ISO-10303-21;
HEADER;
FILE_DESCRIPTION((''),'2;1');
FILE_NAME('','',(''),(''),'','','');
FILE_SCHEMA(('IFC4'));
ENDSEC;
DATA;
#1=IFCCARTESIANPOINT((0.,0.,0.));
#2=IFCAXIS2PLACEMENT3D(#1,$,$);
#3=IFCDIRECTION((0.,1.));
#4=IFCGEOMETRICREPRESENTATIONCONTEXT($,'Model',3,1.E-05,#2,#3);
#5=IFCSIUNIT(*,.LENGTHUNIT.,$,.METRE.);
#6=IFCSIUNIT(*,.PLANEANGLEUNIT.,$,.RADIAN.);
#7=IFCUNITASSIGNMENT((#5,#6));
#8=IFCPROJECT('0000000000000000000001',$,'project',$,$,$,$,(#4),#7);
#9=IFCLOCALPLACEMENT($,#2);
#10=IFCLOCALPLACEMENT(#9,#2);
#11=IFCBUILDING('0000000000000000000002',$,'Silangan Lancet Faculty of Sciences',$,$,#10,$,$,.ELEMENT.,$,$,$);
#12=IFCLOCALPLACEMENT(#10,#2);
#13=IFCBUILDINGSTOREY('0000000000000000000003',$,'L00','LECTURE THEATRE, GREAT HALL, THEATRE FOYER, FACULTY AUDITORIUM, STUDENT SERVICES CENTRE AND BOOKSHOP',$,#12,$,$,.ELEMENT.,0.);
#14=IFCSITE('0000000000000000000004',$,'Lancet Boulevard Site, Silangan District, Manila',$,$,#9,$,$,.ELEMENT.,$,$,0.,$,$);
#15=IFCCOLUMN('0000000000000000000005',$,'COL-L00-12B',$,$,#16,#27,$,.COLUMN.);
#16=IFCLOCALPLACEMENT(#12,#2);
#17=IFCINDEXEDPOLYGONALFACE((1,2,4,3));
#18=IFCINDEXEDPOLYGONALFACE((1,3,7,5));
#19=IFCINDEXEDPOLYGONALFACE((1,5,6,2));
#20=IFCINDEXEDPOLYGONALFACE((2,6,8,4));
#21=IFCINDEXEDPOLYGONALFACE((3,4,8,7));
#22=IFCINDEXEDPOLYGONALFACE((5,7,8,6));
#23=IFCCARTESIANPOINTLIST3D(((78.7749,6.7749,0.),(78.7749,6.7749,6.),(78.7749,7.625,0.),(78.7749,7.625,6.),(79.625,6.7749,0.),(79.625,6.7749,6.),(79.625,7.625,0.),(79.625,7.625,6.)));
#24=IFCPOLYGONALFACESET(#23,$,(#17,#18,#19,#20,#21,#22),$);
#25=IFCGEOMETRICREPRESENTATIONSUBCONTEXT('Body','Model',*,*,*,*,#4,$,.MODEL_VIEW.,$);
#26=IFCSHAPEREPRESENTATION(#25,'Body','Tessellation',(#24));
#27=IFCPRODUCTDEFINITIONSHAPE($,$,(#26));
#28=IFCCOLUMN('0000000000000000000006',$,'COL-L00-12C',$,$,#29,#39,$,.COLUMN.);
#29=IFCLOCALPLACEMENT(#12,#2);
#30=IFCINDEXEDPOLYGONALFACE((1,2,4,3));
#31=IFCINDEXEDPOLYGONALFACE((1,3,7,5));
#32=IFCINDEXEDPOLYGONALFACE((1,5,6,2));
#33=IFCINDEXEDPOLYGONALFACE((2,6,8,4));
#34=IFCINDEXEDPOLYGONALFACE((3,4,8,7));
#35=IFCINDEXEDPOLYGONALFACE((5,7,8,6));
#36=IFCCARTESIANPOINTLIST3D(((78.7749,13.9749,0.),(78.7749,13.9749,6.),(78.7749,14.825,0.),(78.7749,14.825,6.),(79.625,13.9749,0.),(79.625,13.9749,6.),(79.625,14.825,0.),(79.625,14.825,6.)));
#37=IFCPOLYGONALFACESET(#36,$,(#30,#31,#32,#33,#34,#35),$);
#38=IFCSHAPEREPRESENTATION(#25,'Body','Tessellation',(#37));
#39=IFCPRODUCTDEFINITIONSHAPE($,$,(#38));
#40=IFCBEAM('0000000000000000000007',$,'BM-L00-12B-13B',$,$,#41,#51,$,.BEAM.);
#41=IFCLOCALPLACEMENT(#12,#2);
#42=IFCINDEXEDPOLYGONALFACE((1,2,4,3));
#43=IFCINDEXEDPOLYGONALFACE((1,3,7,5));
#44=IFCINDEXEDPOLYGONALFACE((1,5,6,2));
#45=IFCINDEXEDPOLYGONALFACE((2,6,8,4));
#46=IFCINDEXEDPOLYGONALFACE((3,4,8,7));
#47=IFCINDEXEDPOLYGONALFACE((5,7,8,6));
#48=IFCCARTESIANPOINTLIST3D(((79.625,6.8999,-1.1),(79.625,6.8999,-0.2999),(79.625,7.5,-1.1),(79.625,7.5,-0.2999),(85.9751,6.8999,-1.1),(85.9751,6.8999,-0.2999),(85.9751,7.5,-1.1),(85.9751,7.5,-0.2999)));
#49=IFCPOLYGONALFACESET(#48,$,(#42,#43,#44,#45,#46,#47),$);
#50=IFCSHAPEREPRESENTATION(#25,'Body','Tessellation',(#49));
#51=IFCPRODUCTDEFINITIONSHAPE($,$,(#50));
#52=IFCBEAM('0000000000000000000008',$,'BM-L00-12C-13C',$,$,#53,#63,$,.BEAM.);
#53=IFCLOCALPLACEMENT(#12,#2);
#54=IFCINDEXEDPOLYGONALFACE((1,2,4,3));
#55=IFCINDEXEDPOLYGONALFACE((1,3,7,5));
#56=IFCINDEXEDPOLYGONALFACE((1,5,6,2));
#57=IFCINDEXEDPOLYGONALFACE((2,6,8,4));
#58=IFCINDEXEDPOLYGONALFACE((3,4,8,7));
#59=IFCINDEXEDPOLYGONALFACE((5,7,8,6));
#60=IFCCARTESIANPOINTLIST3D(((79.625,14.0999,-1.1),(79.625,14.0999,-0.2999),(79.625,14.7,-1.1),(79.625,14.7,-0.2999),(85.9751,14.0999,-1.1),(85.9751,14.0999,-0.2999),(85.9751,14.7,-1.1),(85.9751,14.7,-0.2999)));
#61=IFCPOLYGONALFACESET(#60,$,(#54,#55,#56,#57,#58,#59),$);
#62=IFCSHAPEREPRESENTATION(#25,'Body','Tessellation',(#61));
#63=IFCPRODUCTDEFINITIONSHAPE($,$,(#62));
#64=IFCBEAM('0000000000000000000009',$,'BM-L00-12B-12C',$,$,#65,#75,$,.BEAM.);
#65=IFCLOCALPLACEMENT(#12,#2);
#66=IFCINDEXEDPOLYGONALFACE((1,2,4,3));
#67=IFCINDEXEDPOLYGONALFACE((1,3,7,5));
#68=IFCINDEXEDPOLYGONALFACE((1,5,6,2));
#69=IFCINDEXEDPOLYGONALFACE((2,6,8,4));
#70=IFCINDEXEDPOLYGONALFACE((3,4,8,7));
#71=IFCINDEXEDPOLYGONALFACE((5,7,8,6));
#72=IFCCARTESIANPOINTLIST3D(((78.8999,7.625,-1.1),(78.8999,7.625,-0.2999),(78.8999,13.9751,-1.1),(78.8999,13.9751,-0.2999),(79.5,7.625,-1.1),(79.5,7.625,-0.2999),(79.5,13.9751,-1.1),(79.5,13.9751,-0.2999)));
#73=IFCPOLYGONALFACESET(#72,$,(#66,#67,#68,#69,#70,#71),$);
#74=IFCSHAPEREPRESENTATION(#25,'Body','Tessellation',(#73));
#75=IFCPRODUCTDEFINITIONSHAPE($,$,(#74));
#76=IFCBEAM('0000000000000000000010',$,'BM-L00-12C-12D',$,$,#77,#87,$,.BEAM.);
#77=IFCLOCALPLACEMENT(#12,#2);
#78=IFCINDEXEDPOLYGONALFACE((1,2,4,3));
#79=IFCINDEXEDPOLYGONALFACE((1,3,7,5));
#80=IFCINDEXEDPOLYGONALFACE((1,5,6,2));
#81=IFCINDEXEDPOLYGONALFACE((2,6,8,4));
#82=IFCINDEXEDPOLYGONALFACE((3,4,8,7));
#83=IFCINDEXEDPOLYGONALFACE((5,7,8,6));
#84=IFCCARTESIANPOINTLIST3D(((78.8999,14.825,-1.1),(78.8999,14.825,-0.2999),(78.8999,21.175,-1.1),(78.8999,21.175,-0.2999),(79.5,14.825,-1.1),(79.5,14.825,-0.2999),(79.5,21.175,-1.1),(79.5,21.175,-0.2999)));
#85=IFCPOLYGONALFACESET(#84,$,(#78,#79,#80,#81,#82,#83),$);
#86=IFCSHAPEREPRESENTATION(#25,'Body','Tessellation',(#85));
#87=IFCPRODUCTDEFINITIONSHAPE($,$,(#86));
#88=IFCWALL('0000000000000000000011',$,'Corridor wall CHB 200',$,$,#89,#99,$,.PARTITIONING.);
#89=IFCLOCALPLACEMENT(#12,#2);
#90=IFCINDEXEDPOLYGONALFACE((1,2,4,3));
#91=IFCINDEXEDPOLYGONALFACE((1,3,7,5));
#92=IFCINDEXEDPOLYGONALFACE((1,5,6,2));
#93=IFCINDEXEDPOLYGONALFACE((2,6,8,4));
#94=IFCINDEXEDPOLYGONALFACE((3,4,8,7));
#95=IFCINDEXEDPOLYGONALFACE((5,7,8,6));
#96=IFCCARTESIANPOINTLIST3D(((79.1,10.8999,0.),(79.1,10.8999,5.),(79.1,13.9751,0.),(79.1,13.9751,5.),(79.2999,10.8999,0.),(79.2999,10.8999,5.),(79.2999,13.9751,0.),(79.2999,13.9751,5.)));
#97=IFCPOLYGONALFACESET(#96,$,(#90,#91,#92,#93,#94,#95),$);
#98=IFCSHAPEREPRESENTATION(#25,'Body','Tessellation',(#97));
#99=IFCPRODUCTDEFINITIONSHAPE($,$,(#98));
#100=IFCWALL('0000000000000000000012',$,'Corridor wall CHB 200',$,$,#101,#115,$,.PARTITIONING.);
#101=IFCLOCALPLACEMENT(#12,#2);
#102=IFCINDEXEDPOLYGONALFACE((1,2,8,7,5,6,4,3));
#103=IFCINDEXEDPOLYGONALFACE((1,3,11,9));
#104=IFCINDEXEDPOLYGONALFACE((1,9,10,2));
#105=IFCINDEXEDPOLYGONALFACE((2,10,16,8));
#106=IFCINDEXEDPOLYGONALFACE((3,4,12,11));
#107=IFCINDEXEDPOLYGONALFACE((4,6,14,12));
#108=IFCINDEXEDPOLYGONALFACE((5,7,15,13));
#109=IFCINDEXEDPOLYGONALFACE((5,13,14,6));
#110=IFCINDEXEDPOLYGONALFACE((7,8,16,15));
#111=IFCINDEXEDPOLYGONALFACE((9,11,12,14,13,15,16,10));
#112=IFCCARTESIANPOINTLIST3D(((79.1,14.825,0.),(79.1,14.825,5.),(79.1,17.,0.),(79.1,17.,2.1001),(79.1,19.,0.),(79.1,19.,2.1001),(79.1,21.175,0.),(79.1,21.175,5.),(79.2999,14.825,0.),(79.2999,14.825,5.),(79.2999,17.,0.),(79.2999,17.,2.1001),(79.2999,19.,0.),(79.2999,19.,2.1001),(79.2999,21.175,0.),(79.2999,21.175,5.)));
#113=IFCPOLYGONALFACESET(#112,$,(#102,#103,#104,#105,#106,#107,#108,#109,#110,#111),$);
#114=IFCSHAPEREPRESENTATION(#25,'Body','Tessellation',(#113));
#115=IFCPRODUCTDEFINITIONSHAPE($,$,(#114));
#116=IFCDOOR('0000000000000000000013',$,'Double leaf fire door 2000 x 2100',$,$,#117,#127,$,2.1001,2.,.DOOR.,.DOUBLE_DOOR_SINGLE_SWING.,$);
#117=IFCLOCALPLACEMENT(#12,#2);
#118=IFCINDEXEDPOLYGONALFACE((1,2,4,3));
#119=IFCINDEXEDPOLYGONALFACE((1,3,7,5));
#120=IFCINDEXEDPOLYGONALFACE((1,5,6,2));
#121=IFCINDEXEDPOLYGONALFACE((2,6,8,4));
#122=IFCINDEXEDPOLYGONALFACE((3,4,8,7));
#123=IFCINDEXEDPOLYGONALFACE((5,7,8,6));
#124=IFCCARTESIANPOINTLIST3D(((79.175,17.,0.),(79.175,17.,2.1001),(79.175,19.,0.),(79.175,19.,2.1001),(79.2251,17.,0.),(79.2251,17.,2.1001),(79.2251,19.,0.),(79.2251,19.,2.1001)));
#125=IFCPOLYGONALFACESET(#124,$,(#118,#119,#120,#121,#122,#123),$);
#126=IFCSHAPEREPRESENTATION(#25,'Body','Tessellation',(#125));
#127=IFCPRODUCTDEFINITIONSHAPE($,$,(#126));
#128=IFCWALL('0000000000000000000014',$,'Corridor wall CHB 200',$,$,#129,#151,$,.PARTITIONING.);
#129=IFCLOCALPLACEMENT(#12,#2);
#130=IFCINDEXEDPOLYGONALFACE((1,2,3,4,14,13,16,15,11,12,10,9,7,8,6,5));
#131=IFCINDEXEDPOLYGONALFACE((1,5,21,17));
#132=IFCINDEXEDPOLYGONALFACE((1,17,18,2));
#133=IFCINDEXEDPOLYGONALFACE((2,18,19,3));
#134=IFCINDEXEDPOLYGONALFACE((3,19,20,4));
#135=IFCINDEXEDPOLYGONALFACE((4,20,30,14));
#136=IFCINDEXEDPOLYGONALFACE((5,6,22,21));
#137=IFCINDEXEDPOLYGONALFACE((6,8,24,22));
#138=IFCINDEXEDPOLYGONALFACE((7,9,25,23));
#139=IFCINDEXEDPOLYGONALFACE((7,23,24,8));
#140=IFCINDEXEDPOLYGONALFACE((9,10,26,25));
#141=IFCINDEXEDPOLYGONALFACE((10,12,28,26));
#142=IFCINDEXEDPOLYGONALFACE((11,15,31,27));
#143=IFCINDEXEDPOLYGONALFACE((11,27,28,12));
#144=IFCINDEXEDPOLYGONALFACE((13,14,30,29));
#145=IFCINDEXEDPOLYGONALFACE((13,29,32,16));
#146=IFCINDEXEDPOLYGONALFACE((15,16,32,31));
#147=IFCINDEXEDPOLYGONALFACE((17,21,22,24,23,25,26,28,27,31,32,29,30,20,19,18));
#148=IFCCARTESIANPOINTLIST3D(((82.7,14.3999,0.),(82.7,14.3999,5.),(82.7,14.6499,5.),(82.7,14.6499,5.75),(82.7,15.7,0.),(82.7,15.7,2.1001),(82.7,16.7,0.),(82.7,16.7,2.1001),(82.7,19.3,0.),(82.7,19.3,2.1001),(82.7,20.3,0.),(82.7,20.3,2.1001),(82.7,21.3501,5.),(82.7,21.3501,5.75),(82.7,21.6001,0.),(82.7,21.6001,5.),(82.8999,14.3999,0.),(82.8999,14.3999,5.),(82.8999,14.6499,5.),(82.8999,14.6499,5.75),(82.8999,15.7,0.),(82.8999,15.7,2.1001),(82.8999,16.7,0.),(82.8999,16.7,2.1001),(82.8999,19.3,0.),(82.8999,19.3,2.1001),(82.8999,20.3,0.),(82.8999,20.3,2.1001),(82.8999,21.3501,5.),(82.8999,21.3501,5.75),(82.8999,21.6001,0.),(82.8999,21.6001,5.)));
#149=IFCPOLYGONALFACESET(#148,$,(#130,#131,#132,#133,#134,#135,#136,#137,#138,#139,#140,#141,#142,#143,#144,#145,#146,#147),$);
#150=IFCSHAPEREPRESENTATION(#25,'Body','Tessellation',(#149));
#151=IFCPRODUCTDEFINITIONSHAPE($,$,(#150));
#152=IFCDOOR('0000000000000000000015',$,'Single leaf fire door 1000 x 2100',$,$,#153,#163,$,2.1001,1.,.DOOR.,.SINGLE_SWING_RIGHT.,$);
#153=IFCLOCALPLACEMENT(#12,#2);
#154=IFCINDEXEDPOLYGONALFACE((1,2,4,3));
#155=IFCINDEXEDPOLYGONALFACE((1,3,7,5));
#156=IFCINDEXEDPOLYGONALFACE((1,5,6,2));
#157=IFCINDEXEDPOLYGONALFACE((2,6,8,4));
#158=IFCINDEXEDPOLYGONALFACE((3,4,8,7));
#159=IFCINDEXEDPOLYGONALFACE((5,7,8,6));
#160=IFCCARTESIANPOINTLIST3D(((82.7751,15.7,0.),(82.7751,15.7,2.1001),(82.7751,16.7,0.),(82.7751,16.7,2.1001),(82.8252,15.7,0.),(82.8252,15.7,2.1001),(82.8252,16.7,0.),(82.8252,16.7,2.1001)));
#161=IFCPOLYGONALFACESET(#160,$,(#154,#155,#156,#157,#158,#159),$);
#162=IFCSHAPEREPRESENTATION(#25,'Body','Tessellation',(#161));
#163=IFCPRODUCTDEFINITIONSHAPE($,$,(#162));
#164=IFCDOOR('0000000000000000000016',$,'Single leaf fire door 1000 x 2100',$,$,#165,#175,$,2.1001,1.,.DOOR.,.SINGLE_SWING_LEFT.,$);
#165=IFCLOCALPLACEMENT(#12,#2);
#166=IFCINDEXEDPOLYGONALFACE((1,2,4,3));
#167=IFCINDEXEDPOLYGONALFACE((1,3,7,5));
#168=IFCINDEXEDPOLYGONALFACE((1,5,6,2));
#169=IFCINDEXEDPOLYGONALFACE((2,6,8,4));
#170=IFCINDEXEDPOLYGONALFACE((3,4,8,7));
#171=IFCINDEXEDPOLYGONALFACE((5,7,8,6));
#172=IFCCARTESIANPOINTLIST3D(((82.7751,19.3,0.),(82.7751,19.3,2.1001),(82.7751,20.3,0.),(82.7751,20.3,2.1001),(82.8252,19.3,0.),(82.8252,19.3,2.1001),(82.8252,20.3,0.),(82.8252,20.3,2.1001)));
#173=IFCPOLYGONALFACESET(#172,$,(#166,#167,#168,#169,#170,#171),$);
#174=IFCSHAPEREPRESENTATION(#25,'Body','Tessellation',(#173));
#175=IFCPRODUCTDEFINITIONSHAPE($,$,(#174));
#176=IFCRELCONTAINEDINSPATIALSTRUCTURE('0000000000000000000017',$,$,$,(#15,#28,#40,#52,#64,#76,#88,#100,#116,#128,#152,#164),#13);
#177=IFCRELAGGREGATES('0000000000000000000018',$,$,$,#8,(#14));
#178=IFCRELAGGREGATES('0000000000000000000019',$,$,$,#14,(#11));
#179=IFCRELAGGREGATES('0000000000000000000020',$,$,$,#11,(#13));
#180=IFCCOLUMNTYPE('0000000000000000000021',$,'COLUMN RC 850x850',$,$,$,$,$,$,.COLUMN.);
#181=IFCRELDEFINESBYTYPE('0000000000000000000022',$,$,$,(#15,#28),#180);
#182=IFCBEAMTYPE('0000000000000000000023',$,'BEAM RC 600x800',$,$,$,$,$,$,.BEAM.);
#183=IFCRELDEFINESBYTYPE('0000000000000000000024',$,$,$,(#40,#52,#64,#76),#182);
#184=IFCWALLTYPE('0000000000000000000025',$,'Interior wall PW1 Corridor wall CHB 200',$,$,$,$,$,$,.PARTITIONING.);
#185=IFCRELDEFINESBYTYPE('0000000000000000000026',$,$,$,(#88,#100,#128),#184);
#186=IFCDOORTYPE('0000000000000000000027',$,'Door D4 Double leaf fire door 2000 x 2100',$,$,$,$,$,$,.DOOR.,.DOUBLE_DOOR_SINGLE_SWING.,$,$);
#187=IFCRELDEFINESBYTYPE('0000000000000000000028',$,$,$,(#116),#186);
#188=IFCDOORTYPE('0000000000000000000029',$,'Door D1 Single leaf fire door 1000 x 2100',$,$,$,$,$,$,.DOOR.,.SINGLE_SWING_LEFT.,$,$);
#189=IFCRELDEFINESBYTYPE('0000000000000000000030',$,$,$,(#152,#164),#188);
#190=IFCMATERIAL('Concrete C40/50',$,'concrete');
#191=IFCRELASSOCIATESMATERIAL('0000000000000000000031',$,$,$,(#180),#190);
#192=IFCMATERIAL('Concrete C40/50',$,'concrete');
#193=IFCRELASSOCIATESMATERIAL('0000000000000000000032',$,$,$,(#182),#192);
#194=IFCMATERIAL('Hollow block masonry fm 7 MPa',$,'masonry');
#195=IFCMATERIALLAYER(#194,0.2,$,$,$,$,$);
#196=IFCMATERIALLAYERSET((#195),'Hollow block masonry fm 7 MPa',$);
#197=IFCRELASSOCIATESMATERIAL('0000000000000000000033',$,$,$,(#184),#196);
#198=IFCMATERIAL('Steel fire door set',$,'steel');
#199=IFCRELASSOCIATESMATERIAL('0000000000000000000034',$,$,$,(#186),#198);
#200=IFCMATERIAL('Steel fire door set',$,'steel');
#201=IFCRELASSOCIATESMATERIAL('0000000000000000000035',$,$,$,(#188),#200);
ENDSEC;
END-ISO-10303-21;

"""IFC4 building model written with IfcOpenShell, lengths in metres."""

from ifc_helpers import new_model, si_unit, direction, frame, frame_2d, origin, origin_2d, place, context, subcontext, project, spatial, polyline, rectangle, outline, extrude, material, layer, layer_set, material_profile, profile_set, type_object, element, fill, save


model = new_model("IFC4")

# Units and contexts
model_context = context("Model", 3, precision=1e-05, world=origin(), true_north=direction((0.0, 1.0)))
body_context = subcontext(model_context, "Body", "Model", "MODEL_VIEW")
ifc_project = project(units=[si_unit("LENGTHUNIT", "METRE"), si_unit("PLANEANGLEUNIT", "RADIAN")], contexts=[model_context])

# Site, building, storey
site_placement = place(None, origin())
site = spatial("IfcSite", under=ifc_project, at=site_placement, Name="Lancet Boulevard Site, Silangan District, Manila", CompositionType="ELEMENT", RefElevation=0.0)
building_placement = place(site_placement, origin())
building = spatial("IfcBuilding", under=site, at=building_placement, Name="Silangan Lancet Faculty of Sciences", CompositionType="ELEMENT")
storey_placement = place(building_placement, origin())
storey = spatial("IfcBuildingStorey", under=building, at=storey_placement, Name="L00", Description="LECTURE THEATRE, GREAT HALL, THEATRE FOYER, FACULTY AUDITORIUM, STUDENT SERVICES CENTRE AND BOOKSHOP", CompositionType="ELEMENT", Elevation=0.0)

# Columns
ifc_material_1 = material(Name="Concrete C40/50", Category="concrete")
ifc_material_profile_1 = material_profile(ifc_material_1, rectangle(XDim=0.8501, YDim=0.8501, at=origin_2d()), Name="RC 850x850")
ifc_profile_set_1 = profile_set([ifc_material_profile_1], Name="Concrete C40/50")
column_type = type_object("IfcColumnType", Name="COLUMN RC 850x850", PredefinedType="COLUMN", material=ifc_profile_set_1)
for number, where, z_axis, x_axis, name in (
    (1, (79.2, 7.2, 0.0), (0.0, 0.0, 1.0), (1.0, 0.0, 0.0), "COL-L00-12B"),
    (2, (79.2, 14.3999, 0.0), (0.0, 0.0, 1.0), (1.0, 0.0, 0.0), "COL-L00-12C"),
):
    element("IfcColumn", number, at=place(storey_placement, frame(where, z_axis=z_axis, x_axis=x_axis)), inside=storey, type_object=column_type, Name=name, PredefinedType="COLUMN", context=body_context, shape_type="SweptSolid", body=[
        extrude(rectangle(XDim=0.8501, YDim=0.8501, at=origin_2d()), origin(), (0.0, 0.0, 1.0), 6.0),
    ])

# Beams
ifc_material_2 = material(Name="Concrete C40/50", Category="concrete")
ifc_material_profile_2 = material_profile(ifc_material_2, rectangle(XDim=0.6001, YDim=0.8, at=origin_2d()), Name="RC 600x800")
ifc_profile_set_2 = profile_set([ifc_material_profile_2], Name="Concrete C40/50")
beam_type = type_object("IfcBeamType", Name="BEAM RC 600x800", PredefinedType="BEAM", material=ifc_profile_set_2)
for number, where, z_axis, x_axis, name in (
    (3, (79.625, 7.2, -0.7), (1.0, 0.0, 0.0), (0.0, 1.0, 0.0), "BM-L00-12B-13B"),
    (4, (79.625, 14.3999, -0.7), (1.0, 0.0, 0.0), (0.0, 1.0, 0.0), "BM-L00-12C-13C"),
    (5, (79.2, 7.625, -0.7), (0.0, 1.0, 0.0), (-1.0, 0.0, 0.0), "BM-L00-12B-12C"),
    (6, (79.2, 14.825, -0.7), (0.0, 1.0, 0.0), (-1.0, 0.0, 0.0), "BM-L00-12C-12D"),
):
    element("IfcBeam", number, at=place(storey_placement, frame(where, z_axis=z_axis, x_axis=x_axis)), inside=storey, type_object=beam_type, Name=name, PredefinedType="BEAM", context=body_context, shape_type="SweptSolid", body=[
        extrude(rectangle(XDim=0.6001, YDim=0.8, at=origin_2d()), origin(), (0.0, 0.0, 1.0), 6.3501),
    ])

# Wall
ifc_material_3 = material(Name="Hollow block masonry fm 7 MPa", Category="masonry")
ifc_layer_1 = layer(ifc_material_3, 0.2)
ifc_layer_set_1 = layer_set([ifc_layer_1], Name="Hollow block masonry fm 7 MPa")
wall_type_1 = type_object("IfcWallType", Name="Interior wall PW1 Corridor wall CHB 200", PredefinedType="PARTITIONING", material=ifc_layer_set_1)
wall_1_placement = place(storey_placement, frame((79.2, 10.8999, 0.0), z_axis=(0.0, 0.0, 1.0), x_axis=(0.0, 1.0, 0.0)))
element("IfcWall", 7, at=wall_1_placement, inside=storey, type_object=wall_type_1, Name="Corridor wall CHB 200", PredefinedType="PARTITIONING", context=body_context, shape_type="SweptSolid", body=[
    extrude(rectangle(XDim=3.0752, YDim=0.2, at=frame_2d((1.5376, 0.0))), origin(), (0.0, 0.0, 1.0), 5.0),
])

# Wall, opening, door
wall_2_placement = place(storey_placement, frame((79.2, 14.825, 0.0), z_axis=(0.0, 0.0, 1.0), x_axis=(0.0, 1.0, 0.0)))
wall_2 = element("IfcWall", 8, at=wall_2_placement, inside=storey, type_object=wall_type_1, Name="Corridor wall CHB 200", PredefinedType="PARTITIONING", context=body_context, shape_type="SweptSolid", body=[
    extrude(rectangle(XDim=6.3501, YDim=0.2, at=frame_2d((3.175, 0.0))), origin(), (0.0, 0.0, 1.0), 5.0),
])
opening_1_placement = place(wall_2_placement, frame((2.175, 0.0, 0.0)))
opening_1 = element("IfcOpeningElement", 9, at=opening_1_placement, cuts=wall_2, PredefinedType="OPENING", context=body_context, shape_type="SweptSolid", body=[
    extrude(rectangle(XDim=2.0, YDim=2.1001, at=frame_2d((1.0, 1.05))), frame((0.0, 0.1099, 0.0), z_axis=(0.0, -1.0, 0.0), x_axis=(1.0, 0.0, 0.0)), (0.0, 0.0, 1.0), 0.22),
])
ifc_material_4 = material(Name="Steel fire door set", Category="steel")
door_type_1 = type_object("IfcDoorType", Name="Door D4 Double leaf fire door 2000 x 2100", OperationType="DOUBLE_DOOR_SINGLE_SWING", PredefinedType="DOOR", material=ifc_material_4)
door_1_placement = place(opening_1_placement, origin())
door_1 = element("IfcDoor", 10, at=door_1_placement, inside=storey, type_object=door_type_1, Name="Double leaf fire door 2000 x 2100", OperationType="DOUBLE_DOOR_SINGLE_SWING", OverallHeight=2.1001, OverallWidth=2.0, PredefinedType="DOOR", context=body_context, shape_type="SweptSolid", body=[
    extrude(rectangle(XDim=2.0, YDim=2.1001, at=frame_2d((1.0, 1.05))), frame((0.0, 0.0249, 0.0), z_axis=(0.0, -1.0, 0.0), x_axis=(1.0, 0.0, 0.0)), (0.0, 0.0, 1.0), 0.05),
])
fill(opening_1, door_1)

# Wall, openings, doors
wall_3_placement = place(storey_placement, frame((82.8, 14.3999, 0.0), z_axis=(0.0, 0.0, 1.0), x_axis=(0.0, 1.0, 0.0)))
wall_3 = element("IfcWall", 11, at=wall_3_placement, inside=storey, type_object=wall_type_1, Name="Corridor wall CHB 200", PredefinedType="PARTITIONING", context=body_context, shape_type="SweptSolid", body=[
    extrude(outline(polyline([(0.0, 0.0), (7.2002, 0.0), (7.2002, 5.0), (6.9502, 5.0), (6.9502, 5.75), (0.25, 5.75), (0.25, 5.0), (0.0, 5.0), (0.0, 0.0)])), frame((0.0, 0.1001, 0.0), z_axis=(0.0, -1.0, 0.0), x_axis=(1.0, 0.0, 0.0)), (0.0, 0.0, 1.0), 0.2),
])
opening_2_placement = place(wall_3_placement, frame((1.3, 0.0, 0.0)))
opening_2 = element("IfcOpeningElement", 12, at=opening_2_placement, cuts=wall_3, PredefinedType="OPENING", context=body_context, shape_type="SweptSolid", body=[
    extrude(rectangle(XDim=1.0, YDim=2.1001, at=frame_2d((0.5, 1.05))), frame((0.0, 0.1099, 0.0), z_axis=(0.0, -1.0, 0.0), x_axis=(1.0, 0.0, 0.0)), (0.0, 0.0, 1.0), 0.22),
])
opening_3_placement = place(wall_3_placement, frame((4.9001, 0.0, 0.0)))
opening_3 = element("IfcOpeningElement", 13, at=opening_3_placement, cuts=wall_3, PredefinedType="OPENING", context=body_context, shape_type="SweptSolid", body=[
    extrude(rectangle(XDim=1.0, YDim=2.1001, at=frame_2d((0.5, 1.05))), frame((0.0, 0.1099, 0.0), z_axis=(0.0, -1.0, 0.0), x_axis=(1.0, 0.0, 0.0)), (0.0, 0.0, 1.0), 0.22),
])
ifc_material_5 = material(Name="Steel fire door set", Category="steel")
door_type_2 = type_object("IfcDoorType", Name="Door D1 Single leaf fire door 1000 x 2100", OperationType="SINGLE_SWING_LEFT", PredefinedType="DOOR", material=ifc_material_5)
door_2_placement = place(opening_2_placement, frame((1.0, 0.0, 0.0), z_axis=(0.0, 0.0, 1.0), x_axis=(-1.0, 0.0, 0.0)))
door_2 = element("IfcDoor", 14, at=door_2_placement, inside=storey, type_object=door_type_2, Name="Single leaf fire door 1000 x 2100", OperationType="SINGLE_SWING_RIGHT", OverallHeight=2.1001, OverallWidth=1.0, PredefinedType="DOOR", context=body_context, shape_type="SweptSolid", body=[
    extrude(rectangle(XDim=1.0, YDim=2.1001, at=frame_2d((0.5, 1.05))), frame((0.0, 0.0251, 0.0), z_axis=(0.0, -1.0, 0.0), x_axis=(1.0, 0.0, 0.0)), (0.0, 0.0, 1.0), 0.05),
])
fill(opening_2, door_2)
door_3_placement = place(opening_3_placement, frame((1.0, 0.0, 0.0), z_axis=(0.0, 0.0, 1.0), x_axis=(-1.0, 0.0, 0.0)))
door_3 = element("IfcDoor", 15, at=door_3_placement, inside=storey, type_object=door_type_2, Name="Single leaf fire door 1000 x 2100", OperationType="SINGLE_SWING_LEFT", OverallHeight=2.1001, OverallWidth=1.0, PredefinedType="DOOR", context=body_context, shape_type="SweptSolid", body=[
    extrude(rectangle(XDim=1.0, YDim=2.1001, at=frame_2d((0.5, 1.05))), frame((0.0, 0.0251, 0.0), z_axis=(0.0, -1.0, 0.0), x_axis=(1.0, 0.0, 0.0)), (0.0, 0.0, 1.0), 0.05),
])
fill(opening_3, door_3)

save(model, "model.ifc")
